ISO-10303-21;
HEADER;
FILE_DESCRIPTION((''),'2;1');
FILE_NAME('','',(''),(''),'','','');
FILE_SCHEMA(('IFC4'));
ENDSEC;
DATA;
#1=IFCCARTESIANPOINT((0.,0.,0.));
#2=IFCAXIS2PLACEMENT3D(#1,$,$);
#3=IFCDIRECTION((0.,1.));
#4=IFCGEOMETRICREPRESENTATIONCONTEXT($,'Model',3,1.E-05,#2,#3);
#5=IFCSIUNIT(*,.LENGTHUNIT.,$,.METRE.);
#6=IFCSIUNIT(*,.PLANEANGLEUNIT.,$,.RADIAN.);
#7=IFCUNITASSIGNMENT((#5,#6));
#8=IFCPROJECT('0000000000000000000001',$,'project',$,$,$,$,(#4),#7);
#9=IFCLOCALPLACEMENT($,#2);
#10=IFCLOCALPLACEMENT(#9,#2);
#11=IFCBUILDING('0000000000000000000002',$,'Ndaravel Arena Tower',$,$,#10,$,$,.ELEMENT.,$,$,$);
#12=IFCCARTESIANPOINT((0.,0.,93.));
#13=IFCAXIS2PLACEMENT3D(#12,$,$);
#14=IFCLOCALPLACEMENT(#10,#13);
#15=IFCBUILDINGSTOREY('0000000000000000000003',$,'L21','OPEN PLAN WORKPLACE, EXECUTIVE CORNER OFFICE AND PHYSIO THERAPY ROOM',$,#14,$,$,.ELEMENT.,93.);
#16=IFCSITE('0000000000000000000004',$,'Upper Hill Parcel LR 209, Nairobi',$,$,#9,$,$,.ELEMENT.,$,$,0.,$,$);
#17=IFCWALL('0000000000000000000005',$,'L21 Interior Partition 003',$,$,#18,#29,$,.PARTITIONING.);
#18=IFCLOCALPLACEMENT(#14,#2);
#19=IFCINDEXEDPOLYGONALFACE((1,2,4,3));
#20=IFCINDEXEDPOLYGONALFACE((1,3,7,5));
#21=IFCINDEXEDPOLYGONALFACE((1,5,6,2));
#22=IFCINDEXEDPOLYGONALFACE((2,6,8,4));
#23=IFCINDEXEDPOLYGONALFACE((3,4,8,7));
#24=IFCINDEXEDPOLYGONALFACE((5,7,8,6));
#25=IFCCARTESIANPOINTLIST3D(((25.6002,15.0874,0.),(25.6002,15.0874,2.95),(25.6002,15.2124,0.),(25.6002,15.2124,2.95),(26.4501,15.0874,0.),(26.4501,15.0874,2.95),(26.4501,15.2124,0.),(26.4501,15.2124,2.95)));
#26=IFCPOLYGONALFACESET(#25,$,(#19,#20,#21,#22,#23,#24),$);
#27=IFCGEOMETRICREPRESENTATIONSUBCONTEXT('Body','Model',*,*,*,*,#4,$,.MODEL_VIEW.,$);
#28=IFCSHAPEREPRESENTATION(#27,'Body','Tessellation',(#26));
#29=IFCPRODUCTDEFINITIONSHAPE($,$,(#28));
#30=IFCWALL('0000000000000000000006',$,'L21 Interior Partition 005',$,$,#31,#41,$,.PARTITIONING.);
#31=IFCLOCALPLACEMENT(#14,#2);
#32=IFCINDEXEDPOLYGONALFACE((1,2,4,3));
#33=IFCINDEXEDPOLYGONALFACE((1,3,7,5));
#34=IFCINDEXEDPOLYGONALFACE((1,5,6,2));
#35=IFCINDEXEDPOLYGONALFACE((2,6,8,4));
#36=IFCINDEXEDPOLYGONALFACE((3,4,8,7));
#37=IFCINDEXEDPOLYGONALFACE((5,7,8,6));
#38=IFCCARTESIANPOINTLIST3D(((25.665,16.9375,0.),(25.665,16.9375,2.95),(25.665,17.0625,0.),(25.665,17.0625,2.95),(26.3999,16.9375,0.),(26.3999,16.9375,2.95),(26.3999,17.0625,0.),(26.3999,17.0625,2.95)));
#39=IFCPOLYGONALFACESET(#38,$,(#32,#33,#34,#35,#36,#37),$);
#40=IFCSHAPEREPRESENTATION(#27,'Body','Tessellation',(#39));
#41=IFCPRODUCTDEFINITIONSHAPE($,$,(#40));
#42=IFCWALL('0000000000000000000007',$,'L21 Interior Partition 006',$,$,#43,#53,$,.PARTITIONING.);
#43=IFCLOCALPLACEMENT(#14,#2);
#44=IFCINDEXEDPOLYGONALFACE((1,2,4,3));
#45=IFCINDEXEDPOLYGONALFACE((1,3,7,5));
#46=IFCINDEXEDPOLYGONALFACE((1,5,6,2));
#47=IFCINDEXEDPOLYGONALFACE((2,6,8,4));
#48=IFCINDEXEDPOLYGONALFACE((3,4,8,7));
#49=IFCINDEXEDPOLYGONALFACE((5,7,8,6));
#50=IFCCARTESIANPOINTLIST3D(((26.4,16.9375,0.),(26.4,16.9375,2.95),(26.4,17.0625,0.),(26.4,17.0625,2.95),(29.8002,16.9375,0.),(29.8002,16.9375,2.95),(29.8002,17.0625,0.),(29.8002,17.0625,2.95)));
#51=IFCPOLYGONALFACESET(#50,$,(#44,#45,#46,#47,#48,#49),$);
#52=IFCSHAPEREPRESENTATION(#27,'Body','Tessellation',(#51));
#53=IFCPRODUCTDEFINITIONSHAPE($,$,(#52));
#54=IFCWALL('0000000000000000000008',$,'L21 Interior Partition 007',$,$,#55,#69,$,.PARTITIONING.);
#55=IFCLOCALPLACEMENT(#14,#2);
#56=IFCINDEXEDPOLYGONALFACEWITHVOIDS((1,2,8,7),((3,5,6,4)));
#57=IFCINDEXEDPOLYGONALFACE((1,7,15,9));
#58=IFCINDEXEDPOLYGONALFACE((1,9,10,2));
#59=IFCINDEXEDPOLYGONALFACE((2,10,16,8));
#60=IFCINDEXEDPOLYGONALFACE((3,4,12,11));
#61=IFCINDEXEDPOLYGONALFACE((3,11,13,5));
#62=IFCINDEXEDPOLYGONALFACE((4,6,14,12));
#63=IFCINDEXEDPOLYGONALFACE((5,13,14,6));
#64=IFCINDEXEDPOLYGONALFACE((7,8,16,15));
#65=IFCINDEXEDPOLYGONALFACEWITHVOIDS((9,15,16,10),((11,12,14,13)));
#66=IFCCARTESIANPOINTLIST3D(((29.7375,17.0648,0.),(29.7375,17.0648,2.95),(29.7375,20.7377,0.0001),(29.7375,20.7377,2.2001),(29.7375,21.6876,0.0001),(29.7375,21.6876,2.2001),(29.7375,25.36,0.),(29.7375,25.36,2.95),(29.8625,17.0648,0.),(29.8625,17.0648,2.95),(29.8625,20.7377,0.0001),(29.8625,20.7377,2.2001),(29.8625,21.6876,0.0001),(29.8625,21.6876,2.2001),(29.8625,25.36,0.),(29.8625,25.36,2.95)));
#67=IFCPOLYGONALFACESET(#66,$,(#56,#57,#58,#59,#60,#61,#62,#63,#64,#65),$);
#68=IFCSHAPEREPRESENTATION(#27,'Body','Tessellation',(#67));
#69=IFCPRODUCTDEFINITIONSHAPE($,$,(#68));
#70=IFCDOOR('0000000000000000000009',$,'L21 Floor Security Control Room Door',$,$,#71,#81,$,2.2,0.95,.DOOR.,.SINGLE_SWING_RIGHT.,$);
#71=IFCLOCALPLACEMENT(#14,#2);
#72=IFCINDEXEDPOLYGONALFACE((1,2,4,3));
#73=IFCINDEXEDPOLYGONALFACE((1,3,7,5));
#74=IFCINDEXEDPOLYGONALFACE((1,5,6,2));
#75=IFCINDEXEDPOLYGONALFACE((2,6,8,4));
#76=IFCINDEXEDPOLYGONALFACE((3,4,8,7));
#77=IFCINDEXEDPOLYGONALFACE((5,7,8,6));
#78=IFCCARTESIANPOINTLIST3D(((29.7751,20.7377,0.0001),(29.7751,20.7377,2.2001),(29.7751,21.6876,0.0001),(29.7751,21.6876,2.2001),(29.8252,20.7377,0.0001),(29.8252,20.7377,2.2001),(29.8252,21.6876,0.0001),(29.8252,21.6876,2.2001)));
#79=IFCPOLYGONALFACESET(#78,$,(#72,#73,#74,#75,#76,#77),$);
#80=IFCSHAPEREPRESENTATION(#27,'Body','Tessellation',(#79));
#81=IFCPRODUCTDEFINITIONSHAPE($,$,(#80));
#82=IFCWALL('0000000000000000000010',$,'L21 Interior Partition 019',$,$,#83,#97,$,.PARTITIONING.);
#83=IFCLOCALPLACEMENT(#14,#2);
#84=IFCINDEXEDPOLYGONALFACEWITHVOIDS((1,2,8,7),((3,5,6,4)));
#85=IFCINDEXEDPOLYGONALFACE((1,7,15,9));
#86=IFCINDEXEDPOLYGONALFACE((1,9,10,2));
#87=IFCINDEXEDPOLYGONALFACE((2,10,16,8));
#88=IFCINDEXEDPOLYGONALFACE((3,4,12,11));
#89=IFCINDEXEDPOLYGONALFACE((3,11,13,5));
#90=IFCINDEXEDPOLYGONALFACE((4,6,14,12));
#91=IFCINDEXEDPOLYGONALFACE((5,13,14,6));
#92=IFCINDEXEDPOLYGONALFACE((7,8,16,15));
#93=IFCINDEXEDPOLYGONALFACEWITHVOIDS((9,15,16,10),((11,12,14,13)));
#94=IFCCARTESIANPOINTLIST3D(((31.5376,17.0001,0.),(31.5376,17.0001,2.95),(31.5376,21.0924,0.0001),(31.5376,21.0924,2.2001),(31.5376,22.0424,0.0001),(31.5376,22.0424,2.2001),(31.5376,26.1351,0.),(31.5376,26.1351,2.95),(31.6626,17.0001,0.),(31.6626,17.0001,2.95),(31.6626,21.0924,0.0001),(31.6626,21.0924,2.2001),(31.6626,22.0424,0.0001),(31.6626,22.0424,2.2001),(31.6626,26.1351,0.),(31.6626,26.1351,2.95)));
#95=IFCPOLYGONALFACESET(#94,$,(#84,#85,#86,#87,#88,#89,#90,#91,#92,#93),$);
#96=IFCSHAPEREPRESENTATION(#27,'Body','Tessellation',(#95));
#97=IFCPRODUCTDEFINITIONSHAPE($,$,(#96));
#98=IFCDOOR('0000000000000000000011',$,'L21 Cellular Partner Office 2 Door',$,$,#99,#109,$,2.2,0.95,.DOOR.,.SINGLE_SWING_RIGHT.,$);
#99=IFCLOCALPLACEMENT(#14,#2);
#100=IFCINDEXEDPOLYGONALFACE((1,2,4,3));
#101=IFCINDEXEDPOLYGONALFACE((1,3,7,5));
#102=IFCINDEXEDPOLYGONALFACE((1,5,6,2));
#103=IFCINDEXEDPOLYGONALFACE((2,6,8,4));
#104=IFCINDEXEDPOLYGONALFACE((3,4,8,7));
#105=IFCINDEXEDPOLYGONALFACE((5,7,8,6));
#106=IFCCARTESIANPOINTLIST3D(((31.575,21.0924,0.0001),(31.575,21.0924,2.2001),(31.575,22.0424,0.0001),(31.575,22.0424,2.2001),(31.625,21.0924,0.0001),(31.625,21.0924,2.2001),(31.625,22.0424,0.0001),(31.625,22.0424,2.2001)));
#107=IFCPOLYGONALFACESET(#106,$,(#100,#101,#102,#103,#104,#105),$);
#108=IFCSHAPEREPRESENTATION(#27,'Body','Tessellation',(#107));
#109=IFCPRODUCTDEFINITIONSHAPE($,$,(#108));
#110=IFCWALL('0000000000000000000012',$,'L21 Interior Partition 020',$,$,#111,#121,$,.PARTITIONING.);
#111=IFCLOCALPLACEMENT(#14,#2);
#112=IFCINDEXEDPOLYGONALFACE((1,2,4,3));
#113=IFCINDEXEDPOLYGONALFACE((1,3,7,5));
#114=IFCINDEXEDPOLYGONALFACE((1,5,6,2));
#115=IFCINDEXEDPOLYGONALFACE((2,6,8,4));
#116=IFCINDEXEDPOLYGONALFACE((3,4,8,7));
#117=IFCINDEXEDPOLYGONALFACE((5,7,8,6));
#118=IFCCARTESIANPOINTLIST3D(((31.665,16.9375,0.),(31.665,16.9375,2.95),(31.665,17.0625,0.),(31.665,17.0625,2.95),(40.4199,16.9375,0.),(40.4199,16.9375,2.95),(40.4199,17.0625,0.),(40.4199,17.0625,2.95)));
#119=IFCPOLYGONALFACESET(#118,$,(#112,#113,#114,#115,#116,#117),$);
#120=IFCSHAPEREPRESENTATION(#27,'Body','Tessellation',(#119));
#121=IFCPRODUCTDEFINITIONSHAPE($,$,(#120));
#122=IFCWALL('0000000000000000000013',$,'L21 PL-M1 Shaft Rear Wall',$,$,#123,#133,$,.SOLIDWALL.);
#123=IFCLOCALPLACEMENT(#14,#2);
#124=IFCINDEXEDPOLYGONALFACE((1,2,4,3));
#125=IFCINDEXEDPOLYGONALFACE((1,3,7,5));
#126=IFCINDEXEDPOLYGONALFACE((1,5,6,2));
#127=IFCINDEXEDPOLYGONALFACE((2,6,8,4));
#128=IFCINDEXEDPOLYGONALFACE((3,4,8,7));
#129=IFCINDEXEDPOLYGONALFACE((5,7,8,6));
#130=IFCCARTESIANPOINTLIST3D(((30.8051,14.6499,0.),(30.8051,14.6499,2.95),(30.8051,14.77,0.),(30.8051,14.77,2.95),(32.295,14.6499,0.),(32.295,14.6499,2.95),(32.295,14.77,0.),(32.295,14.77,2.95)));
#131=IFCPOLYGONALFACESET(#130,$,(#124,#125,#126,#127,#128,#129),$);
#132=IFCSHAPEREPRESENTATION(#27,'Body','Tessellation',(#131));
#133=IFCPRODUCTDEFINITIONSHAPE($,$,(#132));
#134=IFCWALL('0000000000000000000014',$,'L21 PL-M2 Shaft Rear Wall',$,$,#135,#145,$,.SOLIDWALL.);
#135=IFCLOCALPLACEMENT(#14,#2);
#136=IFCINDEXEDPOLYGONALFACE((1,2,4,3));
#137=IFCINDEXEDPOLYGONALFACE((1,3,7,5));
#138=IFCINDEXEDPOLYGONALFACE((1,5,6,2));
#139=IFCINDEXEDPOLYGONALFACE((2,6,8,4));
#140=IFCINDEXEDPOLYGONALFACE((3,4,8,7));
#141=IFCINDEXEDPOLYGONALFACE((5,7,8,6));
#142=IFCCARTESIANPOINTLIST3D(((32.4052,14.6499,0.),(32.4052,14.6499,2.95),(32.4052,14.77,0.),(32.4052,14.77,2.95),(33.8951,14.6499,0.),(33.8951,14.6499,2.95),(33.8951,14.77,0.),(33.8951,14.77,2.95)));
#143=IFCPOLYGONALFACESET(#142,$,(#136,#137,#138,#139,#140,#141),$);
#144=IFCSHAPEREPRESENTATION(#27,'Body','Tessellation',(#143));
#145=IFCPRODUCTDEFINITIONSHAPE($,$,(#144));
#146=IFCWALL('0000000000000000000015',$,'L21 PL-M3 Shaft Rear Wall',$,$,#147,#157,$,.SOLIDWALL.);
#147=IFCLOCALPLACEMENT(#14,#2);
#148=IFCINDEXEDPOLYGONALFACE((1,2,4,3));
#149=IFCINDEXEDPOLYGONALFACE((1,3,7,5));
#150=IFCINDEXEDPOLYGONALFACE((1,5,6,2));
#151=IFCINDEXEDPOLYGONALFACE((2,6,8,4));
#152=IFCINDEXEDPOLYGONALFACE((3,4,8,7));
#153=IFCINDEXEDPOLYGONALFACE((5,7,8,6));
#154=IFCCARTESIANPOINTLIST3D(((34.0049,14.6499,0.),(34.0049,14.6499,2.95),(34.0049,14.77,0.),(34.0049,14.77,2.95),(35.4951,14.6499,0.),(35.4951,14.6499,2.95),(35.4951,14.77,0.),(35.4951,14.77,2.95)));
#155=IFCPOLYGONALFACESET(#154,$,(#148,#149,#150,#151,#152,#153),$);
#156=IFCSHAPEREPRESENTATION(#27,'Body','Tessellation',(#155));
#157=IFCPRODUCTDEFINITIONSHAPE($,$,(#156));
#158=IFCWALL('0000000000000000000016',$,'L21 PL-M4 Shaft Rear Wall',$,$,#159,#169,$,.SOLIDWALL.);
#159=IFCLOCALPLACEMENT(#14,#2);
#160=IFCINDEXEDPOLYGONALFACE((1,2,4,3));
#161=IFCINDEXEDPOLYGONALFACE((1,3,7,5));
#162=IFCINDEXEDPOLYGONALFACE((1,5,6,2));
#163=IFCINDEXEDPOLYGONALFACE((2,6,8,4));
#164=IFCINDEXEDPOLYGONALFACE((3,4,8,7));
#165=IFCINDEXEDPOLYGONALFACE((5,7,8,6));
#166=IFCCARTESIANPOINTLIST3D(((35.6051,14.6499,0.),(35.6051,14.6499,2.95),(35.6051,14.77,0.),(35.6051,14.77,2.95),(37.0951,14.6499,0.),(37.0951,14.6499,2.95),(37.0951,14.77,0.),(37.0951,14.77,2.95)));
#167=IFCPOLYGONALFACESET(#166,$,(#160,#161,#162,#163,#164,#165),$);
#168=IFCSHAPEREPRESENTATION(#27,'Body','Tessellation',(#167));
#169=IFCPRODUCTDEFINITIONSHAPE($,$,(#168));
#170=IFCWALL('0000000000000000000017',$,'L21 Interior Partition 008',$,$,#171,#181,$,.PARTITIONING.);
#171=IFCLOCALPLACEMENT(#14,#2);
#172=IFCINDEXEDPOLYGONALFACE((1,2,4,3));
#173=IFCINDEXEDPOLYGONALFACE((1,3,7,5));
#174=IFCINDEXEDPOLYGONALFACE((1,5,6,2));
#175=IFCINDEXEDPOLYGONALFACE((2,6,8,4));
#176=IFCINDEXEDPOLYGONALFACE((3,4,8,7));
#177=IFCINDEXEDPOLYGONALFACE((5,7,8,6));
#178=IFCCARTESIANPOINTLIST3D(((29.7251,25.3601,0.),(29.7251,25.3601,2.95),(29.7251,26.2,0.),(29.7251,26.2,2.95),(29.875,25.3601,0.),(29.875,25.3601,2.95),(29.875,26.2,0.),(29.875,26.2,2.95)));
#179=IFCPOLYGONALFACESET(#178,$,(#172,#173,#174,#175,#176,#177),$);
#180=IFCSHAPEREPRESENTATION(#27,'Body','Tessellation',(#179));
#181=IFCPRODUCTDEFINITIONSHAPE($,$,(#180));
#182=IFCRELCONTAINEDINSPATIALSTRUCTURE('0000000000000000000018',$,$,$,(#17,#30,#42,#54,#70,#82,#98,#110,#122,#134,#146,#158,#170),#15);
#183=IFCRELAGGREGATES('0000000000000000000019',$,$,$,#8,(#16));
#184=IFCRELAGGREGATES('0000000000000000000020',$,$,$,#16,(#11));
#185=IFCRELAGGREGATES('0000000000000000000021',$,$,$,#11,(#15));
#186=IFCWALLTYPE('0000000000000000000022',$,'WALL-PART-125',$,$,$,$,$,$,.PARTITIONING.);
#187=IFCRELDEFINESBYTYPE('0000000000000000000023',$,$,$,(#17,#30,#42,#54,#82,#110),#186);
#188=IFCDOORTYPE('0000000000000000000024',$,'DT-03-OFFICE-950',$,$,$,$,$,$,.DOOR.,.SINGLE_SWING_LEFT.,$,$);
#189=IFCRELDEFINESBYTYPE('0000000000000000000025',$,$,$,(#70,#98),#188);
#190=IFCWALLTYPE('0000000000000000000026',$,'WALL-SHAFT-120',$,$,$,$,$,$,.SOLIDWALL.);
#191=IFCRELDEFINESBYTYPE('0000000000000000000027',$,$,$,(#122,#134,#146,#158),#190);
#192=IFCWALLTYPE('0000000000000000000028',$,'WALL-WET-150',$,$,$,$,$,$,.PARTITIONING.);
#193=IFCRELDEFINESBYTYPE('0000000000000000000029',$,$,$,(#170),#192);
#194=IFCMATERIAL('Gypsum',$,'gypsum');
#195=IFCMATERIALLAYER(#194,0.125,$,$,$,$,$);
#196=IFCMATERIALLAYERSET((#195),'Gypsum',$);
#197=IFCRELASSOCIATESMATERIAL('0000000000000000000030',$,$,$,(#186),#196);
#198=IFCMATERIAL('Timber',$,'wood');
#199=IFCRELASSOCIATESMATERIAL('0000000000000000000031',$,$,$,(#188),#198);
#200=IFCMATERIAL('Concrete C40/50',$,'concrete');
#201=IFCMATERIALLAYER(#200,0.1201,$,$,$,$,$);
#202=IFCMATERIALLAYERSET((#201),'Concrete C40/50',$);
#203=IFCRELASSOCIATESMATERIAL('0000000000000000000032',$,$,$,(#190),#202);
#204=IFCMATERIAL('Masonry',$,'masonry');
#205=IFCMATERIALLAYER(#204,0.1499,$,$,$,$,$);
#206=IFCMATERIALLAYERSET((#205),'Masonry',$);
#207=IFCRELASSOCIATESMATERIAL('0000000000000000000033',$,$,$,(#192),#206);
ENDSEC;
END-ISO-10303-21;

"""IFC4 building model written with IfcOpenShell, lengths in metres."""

from ifc_helpers import new_model, si_unit, direction, frame, frame_2d, origin, place, context, subcontext, project, spatial, rectangle, extrude, material, layer, layer_set, type_object, element, fill, save


model = new_model("IFC4")

# Units and contexts
model_context = context("Model", 3, precision=1e-05, world=origin(), true_north=direction((0.0, 1.0)))
body_context = subcontext(model_context, "Body", "Model", "MODEL_VIEW")
ifc_project = project(units=[si_unit("LENGTHUNIT", "METRE"), si_unit("PLANEANGLEUNIT", "RADIAN")], contexts=[model_context])

# Site, building, storey
site_placement = place(None, origin())
site = spatial("IfcSite", under=ifc_project, at=site_placement, Name="Upper Hill Parcel LR 209, Nairobi", CompositionType="ELEMENT", RefElevation=0.0)
building_placement = place(site_placement, origin())
building = spatial("IfcBuilding", under=site, at=building_placement, Name="Ndaravel Arena Tower", CompositionType="ELEMENT")
storey_placement = place(building_placement, frame((0.0, 0.0, 93.0)))
storey = spatial("IfcBuildingStorey", under=building, at=storey_placement, Name="L21", Description="OPEN PLAN WORKPLACE, EXECUTIVE CORNER OFFICE AND PHYSIO THERAPY ROOM", CompositionType="ELEMENT", Elevation=93.0)

# Walls
ifc_material_1 = material(Name="Gypsum", Category="gypsum")
ifc_layer_1 = layer(ifc_material_1, 0.125)
ifc_layer_set_1 = layer_set([ifc_layer_1], Name="Gypsum")
wall_type_1 = type_object("IfcWallType", Name="WALL-PART-125", PredefinedType="PARTITIONING", material=ifc_layer_set_1)
wall_1_placement = place(storey_placement, frame((26.45, 15.1499, 0.0), z_axis=(0.0, 0.0, 1.0), x_axis=(-1.0, 0.0, 0.0)))
element("IfcWall", 1, at=wall_1_placement, inside=storey, type_object=wall_type_1, Name="L21 Interior Partition 003", PredefinedType="PARTITIONING", context=body_context, shape_type="SweptSolid", body=[
    extrude(rectangle(XDim=0.8499, YDim=0.125, at=frame_2d((0.4248, 0.0))), origin(), (0.0, 0.0, 1.0), 2.95),
])
wall_2_placement = place(storey_placement, frame((25.665, 17.0, 0.0), z_axis=(0.0, 0.0, 1.0), x_axis=(1.0, 0.0, 0.0)))
element("IfcWall", 2, at=wall_2_placement, inside=storey, type_object=wall_type_1, Name="L21 Interior Partition 005", PredefinedType="PARTITIONING", context=body_context, shape_type="SweptSolid", body=[
    extrude(rectangle(XDim=0.7349, YDim=0.125, at=frame_2d((0.3674, 0.0))), origin(), (0.0, 0.0, 1.0), 2.95),
])
wall_3_placement = place(storey_placement, frame((26.3999, 17.0, 0.0), z_axis=(0.0, 0.0, 1.0), x_axis=(1.0, 0.0, 0.0)))
element("IfcWall", 3, at=wall_3_placement, inside=storey, type_object=wall_type_1, Name="L21 Interior Partition 006", PredefinedType="PARTITIONING", context=body_context, shape_type="SweptSolid", body=[
    extrude(rectangle(XDim=3.4001, YDim=0.125, at=frame_2d((1.7002, 0.0))), origin(), (0.0, 0.0, 1.0), 2.95),
])

# Walls, openings, doors
wall_4_placement = place(storey_placement, frame((29.8, 17.0649, 0.0), z_axis=(0.0, 0.0, 1.0), x_axis=(0.0, 1.0, 0.0)))
wall_4 = element("IfcWall", 4, at=wall_4_placement, inside=storey, type_object=wall_type_1, Name="L21 Interior Partition 007", PredefinedType="PARTITIONING", context=body_context, shape_type="SweptSolid", body=[
    extrude(rectangle(XDim=8.2952, YDim=0.125, at=frame_2d((4.1475, 0.0))), origin(), (0.0, 0.0, 1.0), 2.95),
])
opening_1_placement = place(wall_4_placement, frame((3.6726, 0.0, 0.0)))
opening_1 = element("IfcOpeningElement", 5, at=opening_1_placement, cuts=wall_4, PredefinedType="OPENING", context=body_context, shape_type="SweptSolid", body=[
    extrude(rectangle(XDim=0.95, YDim=2.2, at=frame_2d((0.4751, 1.1001))), frame((0.0, 0.0625, 0.0), z_axis=(0.0, -1.0, 0.0), x_axis=(1.0, 0.0, 0.0)), (0.0, 0.0, 1.0), 0.125),
])
ifc_material_2 = material(Name="Timber", Category="wood")
door_type_1 = type_object("IfcDoorType", Name="DT-03-OFFICE-950", OperationType="SINGLE_SWING_LEFT", PredefinedType="DOOR", material=ifc_material_2)
door_1_placement = place(opening_1_placement, origin())
door_1 = element("IfcDoor", 6, at=door_1_placement, inside=storey, type_object=door_type_1, Name="L21 Floor Security Control Room Door", OperationType="SINGLE_SWING_RIGHT", OverallHeight=2.2, OverallWidth=0.95, PredefinedType="DOOR", context=body_context, shape_type="SweptSolid", body=[
    extrude(rectangle(XDim=0.95, YDim=2.2, at=frame_2d((0.4751, 1.1001))), frame((0.0, 0.0249, 0.0), z_axis=(0.0, -1.0, 0.0), x_axis=(1.0, 0.0, 0.0)), (0.0, 0.0, 1.0), 0.05),
])
fill(opening_1, door_1)
wall_5_placement = place(storey_placement, frame((31.6001, 26.135, 0.0), z_axis=(0.0, 0.0, 1.0), x_axis=(0.0, -1.0, 0.0)))
wall_5 = element("IfcWall", 7, at=wall_5_placement, inside=storey, type_object=wall_type_1, Name="L21 Interior Partition 019", PredefinedType="PARTITIONING", context=body_context, shape_type="SweptSolid", body=[
    extrude(rectangle(XDim=9.135, YDim=0.125, at=frame_2d((4.5674, 0.0))), origin(), (0.0, 0.0, 1.0), 2.95),
])
opening_2_placement = place(wall_5_placement, frame((4.0925, 0.0, 0.0)))
opening_2 = element("IfcOpeningElement", 8, at=opening_2_placement, cuts=wall_5, PredefinedType="OPENING", context=body_context, shape_type="SweptSolid", body=[
    extrude(rectangle(XDim=0.95, YDim=2.2, at=frame_2d((0.4751, 1.1001))), frame((0.0, 0.0625, 0.0), z_axis=(0.0, -1.0, 0.0), x_axis=(1.0, 0.0, 0.0)), (0.0, 0.0, 1.0), 0.125),
])
door_2_placement = place(opening_2_placement, origin())
door_2 = element("IfcDoor", 9, at=door_2_placement, inside=storey, type_object=door_type_1, Name="L21 Cellular Partner Office 2 Door", OperationType="SINGLE_SWING_RIGHT", OverallHeight=2.2, OverallWidth=0.95, PredefinedType="DOOR", context=body_context, shape_type="SweptSolid", body=[
    extrude(rectangle(XDim=0.95, YDim=2.2, at=frame_2d((0.4751, 1.1001))), frame((0.0, 0.0249, 0.0), z_axis=(0.0, -1.0, 0.0), x_axis=(1.0, 0.0, 0.0)), (0.0, 0.0, 1.0), 0.05),
])
fill(opening_2, door_2)

# Walls
wall_6_placement = place(storey_placement, frame((31.665, 17.0, 0.0), z_axis=(0.0, 0.0, 1.0), x_axis=(1.0, 0.0, 0.0)))
element("IfcWall", 10, at=wall_6_placement, inside=storey, type_object=wall_type_1, Name="L21 Interior Partition 020", PredefinedType="PARTITIONING", context=body_context, shape_type="SweptSolid", body=[
    extrude(rectangle(XDim=8.7549, YDim=0.125, at=frame_2d((4.3774, 0.0))), origin(), (0.0, 0.0, 1.0), 2.95),
])
ifc_material_3 = material(Name="Concrete C40/50", Category="concrete")
ifc_layer_2 = layer(ifc_material_3, 0.1201)
ifc_layer_set_2 = layer_set([ifc_layer_2], Name="Concrete C40/50")
wall_type_2 = type_object("IfcWallType", Name="WALL-SHAFT-120", PredefinedType="SOLIDWALL", material=ifc_layer_set_2)
for number, where, z_axis, x_axis, name in (
    (11, (30.8049, 14.71, 0.0), (0.0, 0.0, 1.0), (1.0, 0.0, 0.0), "L21 PL-M1 Shaft Rear Wall"),
    (12, (32.405, 14.71, 0.0), (0.0, 0.0, 1.0), (1.0, 0.0, 0.0), "L21 PL-M2 Shaft Rear Wall"),
):
    element("IfcWall", number, at=place(storey_placement, frame(where, z_axis=z_axis, x_axis=x_axis)), inside=storey, type_object=wall_type_2, Name=name, PredefinedType="SOLIDWALL", context=body_context, shape_type="SweptSolid", body=[
        extrude(rectangle(XDim=1.49, YDim=0.1201, at=frame_2d((0.7451, 0.0))), origin(), (0.0, 0.0, 1.0), 2.95),
    ])
wall_7_placement = place(storey_placement, frame((34.0049, 14.71, 0.0), z_axis=(0.0, 0.0, 1.0), x_axis=(1.0, 0.0, 0.0)))
element("IfcWall", 13, at=wall_7_placement, inside=storey, type_object=wall_type_2, Name="L21 PL-M3 Shaft Rear Wall", PredefinedType="SOLIDWALL", context=body_context, shape_type="SweptSolid", body=[
    extrude(rectangle(XDim=1.4902, YDim=0.1201, at=frame_2d((0.7451, 0.0))), origin(), (0.0, 0.0, 1.0), 2.95),
])
wall_8_placement = place(storey_placement, frame((35.605, 14.71, 0.0), z_axis=(0.0, 0.0, 1.0), x_axis=(1.0, 0.0, 0.0)))
element("IfcWall", 14, at=wall_8_placement, inside=storey, type_object=wall_type_2, Name="L21 PL-M4 Shaft Rear Wall", PredefinedType="SOLIDWALL", context=body_context, shape_type="SweptSolid", body=[
    extrude(rectangle(XDim=1.49, YDim=0.1201, at=frame_2d((0.7451, 0.0))), origin(), (0.0, 0.0, 1.0), 2.95),
])
ifc_material_4 = material(Name="Masonry", Category="masonry")
ifc_layer_3 = layer(ifc_material_4, 0.1499)
ifc_layer_set_3 = layer_set([ifc_layer_3], Name="Masonry")
wall_type_3 = type_object("IfcWallType", Name="WALL-WET-150", PredefinedType="PARTITIONING", material=ifc_layer_set_3)
wall_9_placement = place(storey_placement, frame((29.8, 25.3601, 0.0), z_axis=(0.0, 0.0, 1.0), x_axis=(0.0, 1.0, 0.0)))
element("IfcWall", 15, at=wall_9_placement, inside=storey, type_object=wall_type_3, Name="L21 Interior Partition 008", PredefinedType="PARTITIONING", context=body_context, shape_type="SweptSolid", body=[
    extrude(rectangle(XDim=0.8398, YDim=0.1499, at=frame_2d((0.4199, 0.0))), origin(), (0.0, 0.0, 1.0), 2.95),
])

save(model, "model.ifc")
